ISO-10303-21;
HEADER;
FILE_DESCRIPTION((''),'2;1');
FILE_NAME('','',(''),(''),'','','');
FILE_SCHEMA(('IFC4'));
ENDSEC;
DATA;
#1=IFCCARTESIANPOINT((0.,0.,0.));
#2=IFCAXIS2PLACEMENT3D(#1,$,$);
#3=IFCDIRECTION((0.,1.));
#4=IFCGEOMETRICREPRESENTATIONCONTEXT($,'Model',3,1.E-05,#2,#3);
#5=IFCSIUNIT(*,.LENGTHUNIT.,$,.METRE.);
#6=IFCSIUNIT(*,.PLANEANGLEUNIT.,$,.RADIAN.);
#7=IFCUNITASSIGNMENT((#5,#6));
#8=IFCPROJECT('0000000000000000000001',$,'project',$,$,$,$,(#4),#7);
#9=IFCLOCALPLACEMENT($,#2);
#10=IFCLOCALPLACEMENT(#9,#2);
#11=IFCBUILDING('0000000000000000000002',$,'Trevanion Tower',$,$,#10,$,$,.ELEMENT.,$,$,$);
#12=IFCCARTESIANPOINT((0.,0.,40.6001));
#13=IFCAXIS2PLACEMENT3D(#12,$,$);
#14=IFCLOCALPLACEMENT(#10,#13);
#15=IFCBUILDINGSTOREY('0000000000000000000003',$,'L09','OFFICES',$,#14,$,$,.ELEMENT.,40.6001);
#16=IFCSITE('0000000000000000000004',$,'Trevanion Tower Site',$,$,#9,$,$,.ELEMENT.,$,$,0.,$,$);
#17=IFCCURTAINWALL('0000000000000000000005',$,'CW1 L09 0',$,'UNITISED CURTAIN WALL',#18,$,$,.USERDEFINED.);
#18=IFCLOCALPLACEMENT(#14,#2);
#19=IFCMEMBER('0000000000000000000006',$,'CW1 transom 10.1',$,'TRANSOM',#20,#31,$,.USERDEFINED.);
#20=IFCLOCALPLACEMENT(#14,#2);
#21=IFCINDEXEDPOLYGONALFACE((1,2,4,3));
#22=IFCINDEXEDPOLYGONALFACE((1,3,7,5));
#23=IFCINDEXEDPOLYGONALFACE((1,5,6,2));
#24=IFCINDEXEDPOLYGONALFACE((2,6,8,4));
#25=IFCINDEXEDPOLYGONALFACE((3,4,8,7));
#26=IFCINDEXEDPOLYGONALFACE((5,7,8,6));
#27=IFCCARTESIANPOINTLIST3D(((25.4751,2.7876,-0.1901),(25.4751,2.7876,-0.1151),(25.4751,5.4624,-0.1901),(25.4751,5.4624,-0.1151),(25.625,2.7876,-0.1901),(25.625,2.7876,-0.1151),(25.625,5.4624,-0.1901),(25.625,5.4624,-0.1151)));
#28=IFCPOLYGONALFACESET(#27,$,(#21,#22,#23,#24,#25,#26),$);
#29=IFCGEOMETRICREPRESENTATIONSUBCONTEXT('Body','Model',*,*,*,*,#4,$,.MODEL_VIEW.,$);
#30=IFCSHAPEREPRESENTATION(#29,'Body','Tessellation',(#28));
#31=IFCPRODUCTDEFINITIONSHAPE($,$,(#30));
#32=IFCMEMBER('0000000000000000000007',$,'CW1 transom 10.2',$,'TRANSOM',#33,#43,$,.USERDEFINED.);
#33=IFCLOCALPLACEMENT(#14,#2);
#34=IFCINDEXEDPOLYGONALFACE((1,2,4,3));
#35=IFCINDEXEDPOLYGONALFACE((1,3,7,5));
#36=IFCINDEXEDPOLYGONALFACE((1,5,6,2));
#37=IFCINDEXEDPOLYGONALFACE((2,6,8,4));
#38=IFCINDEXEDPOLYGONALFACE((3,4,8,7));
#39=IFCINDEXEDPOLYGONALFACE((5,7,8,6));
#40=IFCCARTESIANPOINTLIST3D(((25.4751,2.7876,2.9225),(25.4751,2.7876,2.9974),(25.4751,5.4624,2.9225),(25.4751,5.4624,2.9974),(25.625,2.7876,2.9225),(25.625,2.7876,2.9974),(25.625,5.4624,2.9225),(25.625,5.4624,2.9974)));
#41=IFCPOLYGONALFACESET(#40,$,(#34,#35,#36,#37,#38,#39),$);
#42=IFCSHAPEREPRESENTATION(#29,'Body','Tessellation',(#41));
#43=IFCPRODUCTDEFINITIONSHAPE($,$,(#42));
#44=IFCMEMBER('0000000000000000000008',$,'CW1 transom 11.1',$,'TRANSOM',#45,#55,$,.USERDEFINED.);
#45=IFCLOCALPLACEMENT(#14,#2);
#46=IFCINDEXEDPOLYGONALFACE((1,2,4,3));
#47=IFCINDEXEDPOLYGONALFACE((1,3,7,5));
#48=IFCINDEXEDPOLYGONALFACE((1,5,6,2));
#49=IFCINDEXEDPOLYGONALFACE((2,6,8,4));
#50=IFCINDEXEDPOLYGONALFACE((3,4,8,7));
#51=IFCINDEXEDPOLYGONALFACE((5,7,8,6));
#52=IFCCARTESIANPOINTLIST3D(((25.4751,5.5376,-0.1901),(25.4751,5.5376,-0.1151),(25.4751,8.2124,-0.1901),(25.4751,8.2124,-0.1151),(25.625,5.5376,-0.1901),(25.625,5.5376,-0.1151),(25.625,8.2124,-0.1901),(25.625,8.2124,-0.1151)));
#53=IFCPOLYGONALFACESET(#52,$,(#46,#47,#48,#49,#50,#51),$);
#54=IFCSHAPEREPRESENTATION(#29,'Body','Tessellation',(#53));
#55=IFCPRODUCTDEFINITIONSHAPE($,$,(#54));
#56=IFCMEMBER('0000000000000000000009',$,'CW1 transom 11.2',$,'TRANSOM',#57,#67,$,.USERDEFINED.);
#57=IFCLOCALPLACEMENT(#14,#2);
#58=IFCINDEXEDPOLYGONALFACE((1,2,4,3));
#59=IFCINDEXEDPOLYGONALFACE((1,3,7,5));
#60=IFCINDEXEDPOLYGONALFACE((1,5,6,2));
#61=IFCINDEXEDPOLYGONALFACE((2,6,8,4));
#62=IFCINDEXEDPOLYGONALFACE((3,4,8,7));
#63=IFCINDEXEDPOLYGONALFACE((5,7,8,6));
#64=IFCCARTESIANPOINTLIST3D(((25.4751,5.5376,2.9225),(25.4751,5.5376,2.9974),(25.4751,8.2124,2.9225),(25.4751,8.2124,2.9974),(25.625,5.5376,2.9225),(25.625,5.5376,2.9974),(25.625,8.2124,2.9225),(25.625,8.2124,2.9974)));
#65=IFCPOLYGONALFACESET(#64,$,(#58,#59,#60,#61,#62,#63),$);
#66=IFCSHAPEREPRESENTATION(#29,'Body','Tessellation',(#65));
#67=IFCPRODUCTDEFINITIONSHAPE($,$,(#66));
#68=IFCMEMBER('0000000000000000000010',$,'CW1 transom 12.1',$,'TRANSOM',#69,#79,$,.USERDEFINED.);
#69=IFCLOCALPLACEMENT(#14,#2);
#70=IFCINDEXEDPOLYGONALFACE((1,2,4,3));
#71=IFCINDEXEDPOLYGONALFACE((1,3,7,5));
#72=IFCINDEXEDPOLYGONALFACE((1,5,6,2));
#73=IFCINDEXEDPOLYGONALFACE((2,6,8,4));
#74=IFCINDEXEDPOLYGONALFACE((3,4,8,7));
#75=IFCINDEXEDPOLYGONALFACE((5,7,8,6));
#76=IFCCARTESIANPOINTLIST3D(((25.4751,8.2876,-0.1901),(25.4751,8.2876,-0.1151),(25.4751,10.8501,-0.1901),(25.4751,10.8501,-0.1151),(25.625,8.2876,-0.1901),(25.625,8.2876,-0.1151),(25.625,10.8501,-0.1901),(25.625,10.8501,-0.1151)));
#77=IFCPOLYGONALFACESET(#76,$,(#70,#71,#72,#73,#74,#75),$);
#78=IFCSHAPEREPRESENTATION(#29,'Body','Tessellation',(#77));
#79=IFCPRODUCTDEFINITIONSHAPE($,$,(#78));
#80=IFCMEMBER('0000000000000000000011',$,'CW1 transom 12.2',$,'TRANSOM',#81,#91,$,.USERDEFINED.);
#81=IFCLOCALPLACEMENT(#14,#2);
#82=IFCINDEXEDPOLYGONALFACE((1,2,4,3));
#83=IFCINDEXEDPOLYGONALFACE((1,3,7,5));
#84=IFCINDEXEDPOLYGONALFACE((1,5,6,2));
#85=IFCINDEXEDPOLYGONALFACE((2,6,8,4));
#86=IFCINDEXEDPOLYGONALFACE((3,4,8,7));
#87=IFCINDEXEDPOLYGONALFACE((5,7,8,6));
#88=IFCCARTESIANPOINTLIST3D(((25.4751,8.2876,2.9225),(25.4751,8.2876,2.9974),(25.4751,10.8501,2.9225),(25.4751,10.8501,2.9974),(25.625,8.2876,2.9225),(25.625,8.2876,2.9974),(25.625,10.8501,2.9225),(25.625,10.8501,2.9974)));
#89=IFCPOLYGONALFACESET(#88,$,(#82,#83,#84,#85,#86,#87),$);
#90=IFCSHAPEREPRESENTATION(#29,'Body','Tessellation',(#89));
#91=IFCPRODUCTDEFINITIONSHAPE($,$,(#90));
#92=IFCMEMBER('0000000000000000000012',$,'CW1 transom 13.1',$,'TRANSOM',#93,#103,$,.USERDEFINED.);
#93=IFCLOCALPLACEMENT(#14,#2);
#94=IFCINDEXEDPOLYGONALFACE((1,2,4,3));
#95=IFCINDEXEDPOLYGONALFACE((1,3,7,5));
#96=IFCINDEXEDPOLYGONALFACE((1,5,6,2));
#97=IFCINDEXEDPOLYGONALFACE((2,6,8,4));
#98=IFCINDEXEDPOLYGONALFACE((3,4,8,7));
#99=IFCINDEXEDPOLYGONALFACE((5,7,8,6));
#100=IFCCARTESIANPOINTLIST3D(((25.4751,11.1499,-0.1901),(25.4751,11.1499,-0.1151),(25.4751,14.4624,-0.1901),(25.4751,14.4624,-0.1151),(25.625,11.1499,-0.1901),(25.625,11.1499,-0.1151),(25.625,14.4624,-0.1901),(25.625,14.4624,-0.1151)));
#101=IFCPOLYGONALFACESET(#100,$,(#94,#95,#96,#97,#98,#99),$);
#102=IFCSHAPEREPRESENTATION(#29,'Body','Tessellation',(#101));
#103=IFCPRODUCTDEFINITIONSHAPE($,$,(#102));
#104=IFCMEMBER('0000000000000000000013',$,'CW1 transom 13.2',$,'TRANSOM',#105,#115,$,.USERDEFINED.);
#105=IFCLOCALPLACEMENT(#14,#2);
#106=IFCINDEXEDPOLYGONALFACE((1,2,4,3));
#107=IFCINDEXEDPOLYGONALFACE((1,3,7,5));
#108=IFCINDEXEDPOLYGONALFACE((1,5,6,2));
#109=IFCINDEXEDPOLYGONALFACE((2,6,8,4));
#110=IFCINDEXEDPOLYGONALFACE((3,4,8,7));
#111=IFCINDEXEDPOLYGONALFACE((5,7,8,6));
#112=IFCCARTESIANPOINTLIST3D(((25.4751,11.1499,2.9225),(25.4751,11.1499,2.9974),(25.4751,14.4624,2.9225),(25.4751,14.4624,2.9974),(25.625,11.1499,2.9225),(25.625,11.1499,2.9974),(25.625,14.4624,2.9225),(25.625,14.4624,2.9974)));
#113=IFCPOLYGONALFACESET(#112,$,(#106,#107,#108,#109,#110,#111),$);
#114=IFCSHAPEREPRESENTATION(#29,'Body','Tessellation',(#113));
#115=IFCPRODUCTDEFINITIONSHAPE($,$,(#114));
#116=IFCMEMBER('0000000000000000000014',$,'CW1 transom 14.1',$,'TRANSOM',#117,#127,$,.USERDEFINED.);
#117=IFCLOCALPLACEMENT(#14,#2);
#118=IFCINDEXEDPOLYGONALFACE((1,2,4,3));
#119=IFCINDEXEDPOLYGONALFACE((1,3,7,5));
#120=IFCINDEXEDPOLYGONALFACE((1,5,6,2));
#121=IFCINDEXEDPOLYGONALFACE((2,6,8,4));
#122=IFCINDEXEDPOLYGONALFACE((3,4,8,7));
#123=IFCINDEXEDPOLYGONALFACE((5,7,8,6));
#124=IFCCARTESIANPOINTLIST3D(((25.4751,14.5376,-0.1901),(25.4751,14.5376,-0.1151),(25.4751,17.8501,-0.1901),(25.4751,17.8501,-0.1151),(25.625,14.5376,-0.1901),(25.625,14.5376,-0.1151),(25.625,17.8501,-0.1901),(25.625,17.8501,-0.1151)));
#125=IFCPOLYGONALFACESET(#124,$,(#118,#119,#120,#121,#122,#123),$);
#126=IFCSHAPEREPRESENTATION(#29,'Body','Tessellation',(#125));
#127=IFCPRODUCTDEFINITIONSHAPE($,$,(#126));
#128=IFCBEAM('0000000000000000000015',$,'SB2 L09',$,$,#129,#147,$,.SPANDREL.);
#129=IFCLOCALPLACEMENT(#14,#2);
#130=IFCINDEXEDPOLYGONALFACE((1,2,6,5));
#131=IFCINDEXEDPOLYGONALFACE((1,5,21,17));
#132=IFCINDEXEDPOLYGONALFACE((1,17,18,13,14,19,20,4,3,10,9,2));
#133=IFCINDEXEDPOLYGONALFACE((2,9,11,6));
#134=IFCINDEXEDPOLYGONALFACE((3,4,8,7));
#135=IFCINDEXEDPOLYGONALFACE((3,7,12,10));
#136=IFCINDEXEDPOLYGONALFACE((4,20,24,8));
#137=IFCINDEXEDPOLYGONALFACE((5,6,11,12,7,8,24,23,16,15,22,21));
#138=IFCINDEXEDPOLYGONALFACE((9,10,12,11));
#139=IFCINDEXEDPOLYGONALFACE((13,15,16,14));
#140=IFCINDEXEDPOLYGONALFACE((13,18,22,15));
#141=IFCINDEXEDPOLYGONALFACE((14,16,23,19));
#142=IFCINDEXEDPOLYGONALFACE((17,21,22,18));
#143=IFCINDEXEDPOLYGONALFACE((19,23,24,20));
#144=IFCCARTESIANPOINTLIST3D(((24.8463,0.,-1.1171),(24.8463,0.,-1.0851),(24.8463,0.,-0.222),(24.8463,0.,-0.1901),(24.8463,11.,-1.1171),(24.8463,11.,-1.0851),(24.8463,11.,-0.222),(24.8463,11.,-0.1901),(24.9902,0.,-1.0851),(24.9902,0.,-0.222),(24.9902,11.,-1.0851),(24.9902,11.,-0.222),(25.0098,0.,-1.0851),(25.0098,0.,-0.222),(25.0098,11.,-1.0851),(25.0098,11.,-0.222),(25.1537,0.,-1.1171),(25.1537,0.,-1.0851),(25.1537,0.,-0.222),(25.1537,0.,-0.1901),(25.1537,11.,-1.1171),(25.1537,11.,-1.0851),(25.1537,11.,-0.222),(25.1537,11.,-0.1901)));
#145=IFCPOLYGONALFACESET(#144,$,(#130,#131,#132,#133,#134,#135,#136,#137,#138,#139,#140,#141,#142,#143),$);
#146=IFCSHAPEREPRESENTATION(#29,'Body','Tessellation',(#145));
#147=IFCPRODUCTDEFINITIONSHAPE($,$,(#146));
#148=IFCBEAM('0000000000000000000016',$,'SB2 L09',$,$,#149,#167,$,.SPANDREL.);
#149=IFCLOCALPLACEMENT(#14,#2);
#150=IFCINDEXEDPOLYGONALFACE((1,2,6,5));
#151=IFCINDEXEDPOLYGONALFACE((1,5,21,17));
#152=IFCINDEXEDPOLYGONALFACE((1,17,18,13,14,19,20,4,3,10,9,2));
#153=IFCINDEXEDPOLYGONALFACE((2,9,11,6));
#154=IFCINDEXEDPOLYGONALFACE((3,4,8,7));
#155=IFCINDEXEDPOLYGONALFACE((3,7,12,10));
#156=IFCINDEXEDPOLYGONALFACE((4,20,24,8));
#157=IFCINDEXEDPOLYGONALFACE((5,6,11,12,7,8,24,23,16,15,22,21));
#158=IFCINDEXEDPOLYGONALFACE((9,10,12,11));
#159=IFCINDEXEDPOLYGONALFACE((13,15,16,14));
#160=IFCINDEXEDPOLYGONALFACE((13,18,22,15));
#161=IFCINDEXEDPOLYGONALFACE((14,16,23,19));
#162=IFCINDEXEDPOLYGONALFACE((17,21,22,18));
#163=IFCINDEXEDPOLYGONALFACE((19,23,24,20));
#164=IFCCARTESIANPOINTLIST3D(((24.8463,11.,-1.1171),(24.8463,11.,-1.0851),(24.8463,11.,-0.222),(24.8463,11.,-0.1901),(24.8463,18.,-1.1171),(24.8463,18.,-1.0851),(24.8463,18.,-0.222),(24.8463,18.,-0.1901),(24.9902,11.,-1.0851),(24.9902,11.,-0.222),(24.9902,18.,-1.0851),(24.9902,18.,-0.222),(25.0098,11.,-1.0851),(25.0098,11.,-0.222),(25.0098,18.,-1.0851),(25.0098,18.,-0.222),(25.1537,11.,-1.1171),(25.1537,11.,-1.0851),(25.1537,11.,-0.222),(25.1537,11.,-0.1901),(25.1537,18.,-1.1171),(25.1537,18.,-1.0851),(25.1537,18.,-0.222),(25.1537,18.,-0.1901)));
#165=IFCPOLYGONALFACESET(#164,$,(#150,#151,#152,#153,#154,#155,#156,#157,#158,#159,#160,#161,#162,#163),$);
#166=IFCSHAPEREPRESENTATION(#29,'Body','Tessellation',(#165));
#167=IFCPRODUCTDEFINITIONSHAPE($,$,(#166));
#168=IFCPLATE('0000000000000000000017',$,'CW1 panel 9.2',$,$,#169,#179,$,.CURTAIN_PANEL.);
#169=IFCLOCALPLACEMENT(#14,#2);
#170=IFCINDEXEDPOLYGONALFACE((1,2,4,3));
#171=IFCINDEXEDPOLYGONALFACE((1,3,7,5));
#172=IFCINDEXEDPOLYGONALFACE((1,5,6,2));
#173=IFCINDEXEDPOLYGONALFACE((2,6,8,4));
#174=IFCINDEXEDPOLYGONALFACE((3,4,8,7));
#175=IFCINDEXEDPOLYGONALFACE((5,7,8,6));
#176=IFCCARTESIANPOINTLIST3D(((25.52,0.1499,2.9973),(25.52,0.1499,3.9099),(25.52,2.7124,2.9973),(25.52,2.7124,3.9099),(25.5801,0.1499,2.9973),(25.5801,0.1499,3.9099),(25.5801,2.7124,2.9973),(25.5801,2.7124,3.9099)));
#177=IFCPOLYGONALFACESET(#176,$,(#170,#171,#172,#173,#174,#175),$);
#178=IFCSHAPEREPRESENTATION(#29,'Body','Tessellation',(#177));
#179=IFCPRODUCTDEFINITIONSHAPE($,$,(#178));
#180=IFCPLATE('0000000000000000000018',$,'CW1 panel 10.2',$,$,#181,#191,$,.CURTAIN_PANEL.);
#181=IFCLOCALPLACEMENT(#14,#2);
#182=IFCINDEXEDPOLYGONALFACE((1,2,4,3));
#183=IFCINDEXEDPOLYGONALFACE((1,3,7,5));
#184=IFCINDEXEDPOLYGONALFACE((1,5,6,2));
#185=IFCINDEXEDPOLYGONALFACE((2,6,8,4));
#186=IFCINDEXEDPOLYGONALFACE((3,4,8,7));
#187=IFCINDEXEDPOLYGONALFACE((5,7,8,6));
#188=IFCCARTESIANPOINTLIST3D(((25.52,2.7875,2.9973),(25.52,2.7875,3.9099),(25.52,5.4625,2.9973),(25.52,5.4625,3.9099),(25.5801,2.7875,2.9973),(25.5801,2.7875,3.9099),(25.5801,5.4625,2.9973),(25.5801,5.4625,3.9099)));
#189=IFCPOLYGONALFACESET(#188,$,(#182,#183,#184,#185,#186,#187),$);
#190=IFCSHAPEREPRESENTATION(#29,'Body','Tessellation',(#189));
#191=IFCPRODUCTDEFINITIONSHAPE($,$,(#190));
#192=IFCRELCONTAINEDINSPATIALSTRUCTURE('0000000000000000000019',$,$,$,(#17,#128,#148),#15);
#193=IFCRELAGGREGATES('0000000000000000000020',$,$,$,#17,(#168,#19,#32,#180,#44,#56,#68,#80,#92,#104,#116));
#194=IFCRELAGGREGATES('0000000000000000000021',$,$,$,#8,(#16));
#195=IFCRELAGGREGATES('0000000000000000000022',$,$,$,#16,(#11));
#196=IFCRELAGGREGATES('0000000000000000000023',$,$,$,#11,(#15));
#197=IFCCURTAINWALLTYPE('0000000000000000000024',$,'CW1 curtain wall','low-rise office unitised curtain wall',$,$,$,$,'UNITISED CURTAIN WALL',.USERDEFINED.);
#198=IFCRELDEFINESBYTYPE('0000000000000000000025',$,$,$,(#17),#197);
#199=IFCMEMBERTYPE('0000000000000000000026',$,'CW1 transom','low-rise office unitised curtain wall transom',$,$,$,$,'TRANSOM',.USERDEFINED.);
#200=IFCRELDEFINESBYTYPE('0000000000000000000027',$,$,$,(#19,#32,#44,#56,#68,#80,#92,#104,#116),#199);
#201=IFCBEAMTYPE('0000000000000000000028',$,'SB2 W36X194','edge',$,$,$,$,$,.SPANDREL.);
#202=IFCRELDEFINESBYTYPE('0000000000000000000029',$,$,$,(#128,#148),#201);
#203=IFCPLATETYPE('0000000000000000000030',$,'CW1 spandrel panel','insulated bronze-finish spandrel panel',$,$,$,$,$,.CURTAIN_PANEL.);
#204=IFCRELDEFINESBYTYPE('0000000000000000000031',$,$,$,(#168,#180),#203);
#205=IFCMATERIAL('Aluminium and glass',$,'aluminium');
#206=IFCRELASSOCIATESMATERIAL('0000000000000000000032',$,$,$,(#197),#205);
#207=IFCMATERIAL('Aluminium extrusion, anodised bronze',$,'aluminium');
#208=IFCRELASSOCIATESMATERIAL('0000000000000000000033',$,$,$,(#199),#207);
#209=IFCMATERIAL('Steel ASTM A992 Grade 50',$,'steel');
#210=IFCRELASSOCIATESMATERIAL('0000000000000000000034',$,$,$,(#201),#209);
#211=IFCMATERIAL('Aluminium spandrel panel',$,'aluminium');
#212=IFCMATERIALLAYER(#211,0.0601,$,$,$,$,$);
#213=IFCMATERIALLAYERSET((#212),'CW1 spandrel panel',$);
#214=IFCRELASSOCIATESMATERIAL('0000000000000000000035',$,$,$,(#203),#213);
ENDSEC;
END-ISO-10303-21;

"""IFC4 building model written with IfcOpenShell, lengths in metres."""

from ifc_helpers import new_model, si_unit, direction, frame, origin, origin_2d, place, context, subcontext, project, spatial, rectangle, i_section, extrude, material, layer, layer_set, material_profile, profile_set, type_object, element, aggregate, save


model = new_model("IFC4")

# Units and contexts
model_context = context("Model", 3, precision=1e-05, world=origin(), true_north=direction((0.0, 1.0)))
body_context = subcontext(model_context, "Body", "Model", "MODEL_VIEW")
ifc_project = project(units=[si_unit("LENGTHUNIT", "METRE"), si_unit("PLANEANGLEUNIT", "RADIAN")], contexts=[model_context])

# Site, building, storey
site_placement = place(None, origin())
site = spatial("IfcSite", under=ifc_project, at=site_placement, Name="Trevanion Tower Site", CompositionType="ELEMENT", RefElevation=0.0)
building_placement = place(site_placement, origin())
building = spatial("IfcBuilding", under=site, at=building_placement, Name="Trevanion Tower", CompositionType="ELEMENT")
storey_placement = place(building_placement, frame((0.0, 0.0, 40.6001)))
storey = spatial("IfcBuildingStorey", under=building, at=storey_placement, Name="L09", Description="OFFICES", CompositionType="ELEMENT", Elevation=40.6001)

# Curtain wall, members
ifc_material_1 = material(Name="Aluminium and glass", Category="aluminium")
curtain_wall_type = type_object("IfcCurtainWallType", Name="CW1 curtain wall", Description="low-rise office unitised curtain wall", ElementType="UNITISED CURTAIN WALL", PredefinedType="USERDEFINED", material=ifc_material_1)
curtain_wall_placement = place(storey_placement, origin())
curtain_wall = element("IfcCurtainWall", 1, at=curtain_wall_placement, inside=storey, type_object=curtain_wall_type, Name="CW1 L09 0", ObjectType="UNITISED CURTAIN WALL", PredefinedType="USERDEFINED")
ifc_material_2 = material(Name="Aluminium extrusion, anodised bronze", Category="aluminium")
ifc_material_profile_1 = material_profile(ifc_material_2, rectangle(XDim=0.1499, YDim=0.075, at=origin_2d()), Name="CW1 transom")
ifc_profile_set_1 = profile_set([ifc_material_profile_1], Name="Aluminium extrusion, anodised bronze")
member_type_1 = type_object("IfcMemberType", Name="CW1 transom", Description="low-rise office unitised curtain wall transom", ElementType="TRANSOM", PredefinedType="USERDEFINED", material=ifc_profile_set_1)
member_1_placement = place(storey_placement, frame((25.55, 2.7876, -0.1526), z_axis=(0.0, 1.0, 0.0), x_axis=(-1.0, 0.0, 0.0)))
member_1 = element("IfcMember", 2, at=member_1_placement, type_object=member_type_1, Name="CW1 transom 10.1", ObjectType="TRANSOM", PredefinedType="USERDEFINED", context=body_context, shape_type="SweptSolid", body=[
    extrude(rectangle(XDim=0.1499, YDim=0.075, at=origin_2d()), origin(), (0.0, 0.0, 1.0), 2.6748),
])
member_2_placement = place(storey_placement, frame((25.55, 2.7876, 2.96), z_axis=(0.0, 1.0, 0.0), x_axis=(-1.0, 0.0, 0.0)))
member_2 = element("IfcMember", 3, at=member_2_placement, type_object=member_type_1, Name="CW1 transom 10.2", ObjectType="TRANSOM", PredefinedType="USERDEFINED", context=body_context, shape_type="SweptSolid", body=[
    extrude(rectangle(XDim=0.1499, YDim=0.075, at=origin_2d()), origin(), (0.0, 0.0, 1.0), 2.6748),
])
member_3_placement = place(storey_placement, frame((25.55, 5.5376, -0.1526), z_axis=(0.0, 1.0, 0.0), x_axis=(-1.0, 0.0, 0.0)))
member_3 = element("IfcMember", 4, at=member_3_placement, type_object=member_type_1, Name="CW1 transom 11.1", ObjectType="TRANSOM", PredefinedType="USERDEFINED", context=body_context, shape_type="SweptSolid", body=[
    extrude(rectangle(XDim=0.1499, YDim=0.075, at=origin_2d()), origin(), (0.0, 0.0, 1.0), 2.6748),
])
member_4_placement = place(storey_placement, frame((25.55, 5.5376, 2.96), z_axis=(0.0, 1.0, 0.0), x_axis=(-1.0, 0.0, 0.0)))
member_4 = element("IfcMember", 5, at=member_4_placement, type_object=member_type_1, Name="CW1 transom 11.2", ObjectType="TRANSOM", PredefinedType="USERDEFINED", context=body_context, shape_type="SweptSolid", body=[
    extrude(rectangle(XDim=0.1499, YDim=0.075, at=origin_2d()), origin(), (0.0, 0.0, 1.0), 2.6748),
])
member_5_placement = place(storey_placement, frame((25.55, 8.2876, -0.1526), z_axis=(0.0, 1.0, 0.0), x_axis=(-1.0, 0.0, 0.0)))
member_5 = element("IfcMember", 6, at=member_5_placement, type_object=member_type_1, Name="CW1 transom 12.1", ObjectType="TRANSOM", PredefinedType="USERDEFINED", context=body_context, shape_type="SweptSolid", body=[
    extrude(rectangle(XDim=0.1499, YDim=0.075, at=origin_2d()), origin(), (0.0, 0.0, 1.0), 2.5625),
])
member_6_placement = place(storey_placement, frame((25.55, 8.2876, 2.96), z_axis=(0.0, 1.0, 0.0), x_axis=(-1.0, 0.0, 0.0)))
member_6 = element("IfcMember", 7, at=member_6_placement, type_object=member_type_1, Name="CW1 transom 12.2", ObjectType="TRANSOM", PredefinedType="USERDEFINED", context=body_context, shape_type="SweptSolid", body=[
    extrude(rectangle(XDim=0.1499, YDim=0.075, at=origin_2d()), origin(), (0.0, 0.0, 1.0), 2.5625),
])
member_7_placement = place(storey_placement, frame((25.55, 11.1499, -0.1526), z_axis=(0.0, 1.0, 0.0), x_axis=(-1.0, 0.0, 0.0)))
member_7 = element("IfcMember", 8, at=member_7_placement, type_object=member_type_1, Name="CW1 transom 13.1", ObjectType="TRANSOM", PredefinedType="USERDEFINED", context=body_context, shape_type="SweptSolid", body=[
    extrude(rectangle(XDim=0.1499, YDim=0.075, at=origin_2d()), origin(), (0.0, 0.0, 1.0), 3.3125),
])
member_8_placement = place(storey_placement, frame((25.55, 11.1499, 2.96), z_axis=(0.0, 1.0, 0.0), x_axis=(-1.0, 0.0, 0.0)))
member_8 = element("IfcMember", 9, at=member_8_placement, type_object=member_type_1, Name="CW1 transom 13.2", ObjectType="TRANSOM", PredefinedType="USERDEFINED", context=body_context, shape_type="SweptSolid", body=[
    extrude(rectangle(XDim=0.1499, YDim=0.075, at=origin_2d()), origin(), (0.0, 0.0, 1.0), 3.3125),
])
member_9_placement = place(storey_placement, frame((25.55, 14.5376, -0.1526), z_axis=(0.0, 1.0, 0.0), x_axis=(-1.0, 0.0, 0.0)))
member_9 = element("IfcMember", 10, at=member_9_placement, type_object=member_type_1, Name="CW1 transom 14.1", ObjectType="TRANSOM", PredefinedType="USERDEFINED", context=body_context, shape_type="SweptSolid", body=[
    extrude(rectangle(XDim=0.1499, YDim=0.075, at=origin_2d()), origin(), (0.0, 0.0, 1.0), 3.3125),
])

# Beams
ifc_material_3 = material(Name="Steel ASTM A992 Grade 50", Category="steel")
ifc_material_profile_2 = material_profile(ifc_material_3, i_section(OverallWidth=0.3074, OverallDepth=0.927, WebThickness=0.0195, FlangeThickness=0.032, at=origin_2d()), Name="W36X194")
ifc_profile_set_2 = profile_set([ifc_material_profile_2], Name="Steel ASTM A992 Grade 50")
beam_type_1 = type_object("IfcBeamType", Name="SB2 W36X194", Description="edge", PredefinedType="SPANDREL", material=ifc_profile_set_2)
beam_1_placement = place(storey_placement, frame((25.0, 0.0, -0.6536), z_axis=(0.0, 1.0, 0.0), x_axis=(-1.0, 0.0, 0.0)))
element("IfcBeam", 11, at=beam_1_placement, inside=storey, type_object=beam_type_1, Name="SB2 L09", PredefinedType="SPANDREL", context=body_context, shape_type="SweptSolid", body=[
    extrude(i_section(OverallWidth=0.3074, OverallDepth=0.927, WebThickness=0.0195, FlangeThickness=0.032, at=origin_2d()), origin(), (0.0, 0.0, 1.0), 11.0),
])
beam_2_placement = place(storey_placement, frame((25.0, 11.0, -0.6536), z_axis=(0.0, 1.0, 0.0), x_axis=(-1.0, 0.0, 0.0)))
element("IfcBeam", 12, at=beam_2_placement, inside=storey, type_object=beam_type_1, Name="SB2 L09", PredefinedType="SPANDREL", context=body_context, shape_type="SweptSolid", body=[
    extrude(i_section(OverallWidth=0.3074, OverallDepth=0.927, WebThickness=0.0195, FlangeThickness=0.032, at=origin_2d()), origin(), (0.0, 0.0, 1.0), 7.0),
])

# Plates
ifc_material_4 = material(Name="Aluminium spandrel panel", Category="aluminium")
ifc_layer_1 = layer(ifc_material_4, 0.0601)
ifc_layer_set_1 = layer_set([ifc_layer_1], Name="CW1 spandrel panel")
plate_type_1 = type_object("IfcPlateType", Name="CW1 spandrel panel", Description="insulated bronze-finish spandrel panel", PredefinedType="CURTAIN_PANEL", material=ifc_layer_set_1)
plate_1_placement = place(storey_placement, frame((25.55, 1.4312, 2.9973), z_axis=(0.0, 0.0, 1.0), x_axis=(0.0, 1.0, 0.0)))
plate_1 = element("IfcPlate", 13, at=plate_1_placement, type_object=plate_type_1, Name="CW1 panel 9.2", PredefinedType="CURTAIN_PANEL", context=body_context, shape_type="SweptSolid", body=[
    extrude(rectangle(XDim=2.5625, YDim=0.0601, at=origin_2d()), origin(), (0.0, 0.0, 1.0), 0.9126),
])
plate_2_placement = place(storey_placement, frame((25.55, 4.125, 2.9973), z_axis=(0.0, 0.0, 1.0), x_axis=(0.0, 1.0, 0.0)))
plate_2 = element("IfcPlate", 14, at=plate_2_placement, type_object=plate_type_1, Name="CW1 panel 10.2", PredefinedType="CURTAIN_PANEL", context=body_context, shape_type="SweptSolid", body=[
    extrude(rectangle(XDim=2.675, YDim=0.0601, at=origin_2d()), origin(), (0.0, 0.0, 1.0), 0.9126),
])
aggregate(curtain_wall, [plate_1, member_1, member_2, plate_2, member_3, member_4, member_5, member_6, member_7, member_8, member_9])

save(model, "model.ifc")
